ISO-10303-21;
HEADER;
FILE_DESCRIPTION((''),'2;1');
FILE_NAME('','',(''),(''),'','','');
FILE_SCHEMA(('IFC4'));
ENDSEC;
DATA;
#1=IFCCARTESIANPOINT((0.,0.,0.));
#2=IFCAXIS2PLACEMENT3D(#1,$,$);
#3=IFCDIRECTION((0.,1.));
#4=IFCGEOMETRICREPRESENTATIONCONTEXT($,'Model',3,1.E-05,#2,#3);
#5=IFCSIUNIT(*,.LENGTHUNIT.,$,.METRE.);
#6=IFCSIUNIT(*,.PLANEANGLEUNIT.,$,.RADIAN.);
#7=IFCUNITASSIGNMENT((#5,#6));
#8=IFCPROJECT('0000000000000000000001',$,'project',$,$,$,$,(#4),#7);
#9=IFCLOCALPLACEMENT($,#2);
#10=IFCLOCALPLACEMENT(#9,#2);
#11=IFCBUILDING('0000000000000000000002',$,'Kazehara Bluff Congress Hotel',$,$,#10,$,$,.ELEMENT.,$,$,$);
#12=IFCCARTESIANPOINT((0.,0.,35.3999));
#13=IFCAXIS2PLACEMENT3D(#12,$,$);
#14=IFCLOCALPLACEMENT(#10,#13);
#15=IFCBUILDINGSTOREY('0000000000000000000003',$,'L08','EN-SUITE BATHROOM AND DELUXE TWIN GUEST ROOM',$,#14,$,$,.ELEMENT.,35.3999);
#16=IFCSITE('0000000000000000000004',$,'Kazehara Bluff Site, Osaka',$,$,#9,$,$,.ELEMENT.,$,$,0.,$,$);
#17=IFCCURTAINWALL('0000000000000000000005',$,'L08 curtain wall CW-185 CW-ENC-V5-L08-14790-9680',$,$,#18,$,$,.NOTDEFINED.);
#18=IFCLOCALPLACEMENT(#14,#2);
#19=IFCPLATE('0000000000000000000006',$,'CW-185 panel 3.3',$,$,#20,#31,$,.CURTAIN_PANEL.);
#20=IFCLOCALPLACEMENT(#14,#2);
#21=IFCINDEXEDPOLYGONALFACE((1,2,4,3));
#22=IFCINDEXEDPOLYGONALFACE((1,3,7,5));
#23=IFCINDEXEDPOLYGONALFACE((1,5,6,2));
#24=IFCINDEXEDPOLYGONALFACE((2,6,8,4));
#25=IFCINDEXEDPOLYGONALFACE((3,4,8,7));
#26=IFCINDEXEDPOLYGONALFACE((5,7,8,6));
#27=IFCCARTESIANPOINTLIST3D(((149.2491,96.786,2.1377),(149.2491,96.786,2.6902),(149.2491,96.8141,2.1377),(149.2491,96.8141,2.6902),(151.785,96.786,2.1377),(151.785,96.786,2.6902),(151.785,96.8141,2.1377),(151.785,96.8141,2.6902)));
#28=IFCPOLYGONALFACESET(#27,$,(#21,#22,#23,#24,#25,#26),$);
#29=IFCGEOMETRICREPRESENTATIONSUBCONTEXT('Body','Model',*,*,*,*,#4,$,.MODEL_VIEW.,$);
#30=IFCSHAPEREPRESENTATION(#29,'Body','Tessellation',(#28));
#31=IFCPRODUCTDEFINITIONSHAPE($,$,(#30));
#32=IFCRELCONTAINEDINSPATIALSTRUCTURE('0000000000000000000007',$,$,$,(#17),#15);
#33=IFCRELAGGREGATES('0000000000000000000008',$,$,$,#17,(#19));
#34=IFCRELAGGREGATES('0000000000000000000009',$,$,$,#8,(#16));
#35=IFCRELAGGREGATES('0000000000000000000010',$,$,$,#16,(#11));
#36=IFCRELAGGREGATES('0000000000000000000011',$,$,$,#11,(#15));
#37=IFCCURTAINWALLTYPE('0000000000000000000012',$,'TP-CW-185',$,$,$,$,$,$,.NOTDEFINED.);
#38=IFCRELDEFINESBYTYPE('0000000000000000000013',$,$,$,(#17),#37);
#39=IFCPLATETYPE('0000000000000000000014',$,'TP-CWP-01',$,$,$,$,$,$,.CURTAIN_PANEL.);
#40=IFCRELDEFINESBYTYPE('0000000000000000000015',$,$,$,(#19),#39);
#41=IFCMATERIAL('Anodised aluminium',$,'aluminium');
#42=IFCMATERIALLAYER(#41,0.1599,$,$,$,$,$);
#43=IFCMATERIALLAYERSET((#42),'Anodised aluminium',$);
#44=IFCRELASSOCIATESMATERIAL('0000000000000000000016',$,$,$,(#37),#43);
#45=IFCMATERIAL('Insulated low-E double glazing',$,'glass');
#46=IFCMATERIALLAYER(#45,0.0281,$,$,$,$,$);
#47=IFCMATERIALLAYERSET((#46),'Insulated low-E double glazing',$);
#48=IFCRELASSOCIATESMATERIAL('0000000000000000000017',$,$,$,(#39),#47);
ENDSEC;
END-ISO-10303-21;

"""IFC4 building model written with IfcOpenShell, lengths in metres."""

from ifc_helpers import new_model, si_unit, direction, frame, origin, origin_2d, place, context, subcontext, project, spatial, rectangle, extrude, material, layer, layer_set, type_object, element, aggregate, save


model = new_model("IFC4")

# Units and contexts
model_context = context("Model", 3, precision=1e-05, world=origin(), true_north=direction((0.0, 1.0)))
body_context = subcontext(model_context, "Body", "Model", "MODEL_VIEW")
ifc_project = project(units=[si_unit("LENGTHUNIT", "METRE"), si_unit("PLANEANGLEUNIT", "RADIAN")], contexts=[model_context])

# Site, building, storey
site_placement = place(None, origin())
site = spatial("IfcSite", under=ifc_project, at=site_placement, Name="Kazehara Bluff Site, Osaka", CompositionType="ELEMENT", RefElevation=0.0)
building_placement = place(site_placement, origin())
building = spatial("IfcBuilding", under=site, at=building_placement, Name="Kazehara Bluff Congress Hotel", CompositionType="ELEMENT")
storey_placement = place(building_placement, frame((0.0, 0.0, 35.3999)))
storey = spatial("IfcBuildingStorey", under=building, at=storey_placement, Name="L08", Description="EN-SUITE BATHROOM AND DELUXE TWIN GUEST ROOM", CompositionType="ELEMENT", Elevation=35.3999)

# Curtain wall
ifc_material_1 = material(Name="Anodised aluminium", Category="aluminium")
ifc_layer_1 = layer(ifc_material_1, 0.1599)
ifc_layer_set_1 = layer_set([ifc_layer_1], Name="Anodised aluminium")
curtain_wall_type = type_object("IfcCurtainWallType", Name="TP-CW-185", PredefinedType="NOTDEFINED", material=ifc_layer_set_1)
curtain_wall_1_placement = place(storey_placement, origin())
curtain_wall_1 = element("IfcCurtainWall", 1, at=curtain_wall_1_placement, inside=storey, type_object=curtain_wall_type, Name="L08 curtain wall CW-185 CW-ENC-V5-L08-14790-9680", PredefinedType="NOTDEFINED")

# Plate
ifc_material_2 = material(Name="Insulated low-E double glazing", Category="glass")
ifc_layer_2 = layer(ifc_material_2, 0.0281)
ifc_layer_set_2 = layer_set([ifc_layer_2], Name="Insulated low-E double glazing")
plate_type = type_object("IfcPlateType", Name="TP-CWP-01", PredefinedType="CURTAIN_PANEL", material=ifc_layer_set_2)
plate_1_placement = place(storey_placement, frame((150.5171, 96.8, 2.1377), z_axis=(0.0, 0.0, 1.0), x_axis=(1.0, 0.0, 0.0)))
plate_1 = element("IfcPlate", 2, at=plate_1_placement, type_object=plate_type, Name="CW-185 panel 3.3", PredefinedType="CURTAIN_PANEL", context=body_context, shape_type="SweptSolid", body=[
    extrude(rectangle(XDim=2.5359, YDim=0.0281, at=origin_2d()), origin(), (0.0, 0.0, 1.0), 0.5525),
])
aggregate(curtain_wall_1, [plate_1])

save(model, "model.ifc")
